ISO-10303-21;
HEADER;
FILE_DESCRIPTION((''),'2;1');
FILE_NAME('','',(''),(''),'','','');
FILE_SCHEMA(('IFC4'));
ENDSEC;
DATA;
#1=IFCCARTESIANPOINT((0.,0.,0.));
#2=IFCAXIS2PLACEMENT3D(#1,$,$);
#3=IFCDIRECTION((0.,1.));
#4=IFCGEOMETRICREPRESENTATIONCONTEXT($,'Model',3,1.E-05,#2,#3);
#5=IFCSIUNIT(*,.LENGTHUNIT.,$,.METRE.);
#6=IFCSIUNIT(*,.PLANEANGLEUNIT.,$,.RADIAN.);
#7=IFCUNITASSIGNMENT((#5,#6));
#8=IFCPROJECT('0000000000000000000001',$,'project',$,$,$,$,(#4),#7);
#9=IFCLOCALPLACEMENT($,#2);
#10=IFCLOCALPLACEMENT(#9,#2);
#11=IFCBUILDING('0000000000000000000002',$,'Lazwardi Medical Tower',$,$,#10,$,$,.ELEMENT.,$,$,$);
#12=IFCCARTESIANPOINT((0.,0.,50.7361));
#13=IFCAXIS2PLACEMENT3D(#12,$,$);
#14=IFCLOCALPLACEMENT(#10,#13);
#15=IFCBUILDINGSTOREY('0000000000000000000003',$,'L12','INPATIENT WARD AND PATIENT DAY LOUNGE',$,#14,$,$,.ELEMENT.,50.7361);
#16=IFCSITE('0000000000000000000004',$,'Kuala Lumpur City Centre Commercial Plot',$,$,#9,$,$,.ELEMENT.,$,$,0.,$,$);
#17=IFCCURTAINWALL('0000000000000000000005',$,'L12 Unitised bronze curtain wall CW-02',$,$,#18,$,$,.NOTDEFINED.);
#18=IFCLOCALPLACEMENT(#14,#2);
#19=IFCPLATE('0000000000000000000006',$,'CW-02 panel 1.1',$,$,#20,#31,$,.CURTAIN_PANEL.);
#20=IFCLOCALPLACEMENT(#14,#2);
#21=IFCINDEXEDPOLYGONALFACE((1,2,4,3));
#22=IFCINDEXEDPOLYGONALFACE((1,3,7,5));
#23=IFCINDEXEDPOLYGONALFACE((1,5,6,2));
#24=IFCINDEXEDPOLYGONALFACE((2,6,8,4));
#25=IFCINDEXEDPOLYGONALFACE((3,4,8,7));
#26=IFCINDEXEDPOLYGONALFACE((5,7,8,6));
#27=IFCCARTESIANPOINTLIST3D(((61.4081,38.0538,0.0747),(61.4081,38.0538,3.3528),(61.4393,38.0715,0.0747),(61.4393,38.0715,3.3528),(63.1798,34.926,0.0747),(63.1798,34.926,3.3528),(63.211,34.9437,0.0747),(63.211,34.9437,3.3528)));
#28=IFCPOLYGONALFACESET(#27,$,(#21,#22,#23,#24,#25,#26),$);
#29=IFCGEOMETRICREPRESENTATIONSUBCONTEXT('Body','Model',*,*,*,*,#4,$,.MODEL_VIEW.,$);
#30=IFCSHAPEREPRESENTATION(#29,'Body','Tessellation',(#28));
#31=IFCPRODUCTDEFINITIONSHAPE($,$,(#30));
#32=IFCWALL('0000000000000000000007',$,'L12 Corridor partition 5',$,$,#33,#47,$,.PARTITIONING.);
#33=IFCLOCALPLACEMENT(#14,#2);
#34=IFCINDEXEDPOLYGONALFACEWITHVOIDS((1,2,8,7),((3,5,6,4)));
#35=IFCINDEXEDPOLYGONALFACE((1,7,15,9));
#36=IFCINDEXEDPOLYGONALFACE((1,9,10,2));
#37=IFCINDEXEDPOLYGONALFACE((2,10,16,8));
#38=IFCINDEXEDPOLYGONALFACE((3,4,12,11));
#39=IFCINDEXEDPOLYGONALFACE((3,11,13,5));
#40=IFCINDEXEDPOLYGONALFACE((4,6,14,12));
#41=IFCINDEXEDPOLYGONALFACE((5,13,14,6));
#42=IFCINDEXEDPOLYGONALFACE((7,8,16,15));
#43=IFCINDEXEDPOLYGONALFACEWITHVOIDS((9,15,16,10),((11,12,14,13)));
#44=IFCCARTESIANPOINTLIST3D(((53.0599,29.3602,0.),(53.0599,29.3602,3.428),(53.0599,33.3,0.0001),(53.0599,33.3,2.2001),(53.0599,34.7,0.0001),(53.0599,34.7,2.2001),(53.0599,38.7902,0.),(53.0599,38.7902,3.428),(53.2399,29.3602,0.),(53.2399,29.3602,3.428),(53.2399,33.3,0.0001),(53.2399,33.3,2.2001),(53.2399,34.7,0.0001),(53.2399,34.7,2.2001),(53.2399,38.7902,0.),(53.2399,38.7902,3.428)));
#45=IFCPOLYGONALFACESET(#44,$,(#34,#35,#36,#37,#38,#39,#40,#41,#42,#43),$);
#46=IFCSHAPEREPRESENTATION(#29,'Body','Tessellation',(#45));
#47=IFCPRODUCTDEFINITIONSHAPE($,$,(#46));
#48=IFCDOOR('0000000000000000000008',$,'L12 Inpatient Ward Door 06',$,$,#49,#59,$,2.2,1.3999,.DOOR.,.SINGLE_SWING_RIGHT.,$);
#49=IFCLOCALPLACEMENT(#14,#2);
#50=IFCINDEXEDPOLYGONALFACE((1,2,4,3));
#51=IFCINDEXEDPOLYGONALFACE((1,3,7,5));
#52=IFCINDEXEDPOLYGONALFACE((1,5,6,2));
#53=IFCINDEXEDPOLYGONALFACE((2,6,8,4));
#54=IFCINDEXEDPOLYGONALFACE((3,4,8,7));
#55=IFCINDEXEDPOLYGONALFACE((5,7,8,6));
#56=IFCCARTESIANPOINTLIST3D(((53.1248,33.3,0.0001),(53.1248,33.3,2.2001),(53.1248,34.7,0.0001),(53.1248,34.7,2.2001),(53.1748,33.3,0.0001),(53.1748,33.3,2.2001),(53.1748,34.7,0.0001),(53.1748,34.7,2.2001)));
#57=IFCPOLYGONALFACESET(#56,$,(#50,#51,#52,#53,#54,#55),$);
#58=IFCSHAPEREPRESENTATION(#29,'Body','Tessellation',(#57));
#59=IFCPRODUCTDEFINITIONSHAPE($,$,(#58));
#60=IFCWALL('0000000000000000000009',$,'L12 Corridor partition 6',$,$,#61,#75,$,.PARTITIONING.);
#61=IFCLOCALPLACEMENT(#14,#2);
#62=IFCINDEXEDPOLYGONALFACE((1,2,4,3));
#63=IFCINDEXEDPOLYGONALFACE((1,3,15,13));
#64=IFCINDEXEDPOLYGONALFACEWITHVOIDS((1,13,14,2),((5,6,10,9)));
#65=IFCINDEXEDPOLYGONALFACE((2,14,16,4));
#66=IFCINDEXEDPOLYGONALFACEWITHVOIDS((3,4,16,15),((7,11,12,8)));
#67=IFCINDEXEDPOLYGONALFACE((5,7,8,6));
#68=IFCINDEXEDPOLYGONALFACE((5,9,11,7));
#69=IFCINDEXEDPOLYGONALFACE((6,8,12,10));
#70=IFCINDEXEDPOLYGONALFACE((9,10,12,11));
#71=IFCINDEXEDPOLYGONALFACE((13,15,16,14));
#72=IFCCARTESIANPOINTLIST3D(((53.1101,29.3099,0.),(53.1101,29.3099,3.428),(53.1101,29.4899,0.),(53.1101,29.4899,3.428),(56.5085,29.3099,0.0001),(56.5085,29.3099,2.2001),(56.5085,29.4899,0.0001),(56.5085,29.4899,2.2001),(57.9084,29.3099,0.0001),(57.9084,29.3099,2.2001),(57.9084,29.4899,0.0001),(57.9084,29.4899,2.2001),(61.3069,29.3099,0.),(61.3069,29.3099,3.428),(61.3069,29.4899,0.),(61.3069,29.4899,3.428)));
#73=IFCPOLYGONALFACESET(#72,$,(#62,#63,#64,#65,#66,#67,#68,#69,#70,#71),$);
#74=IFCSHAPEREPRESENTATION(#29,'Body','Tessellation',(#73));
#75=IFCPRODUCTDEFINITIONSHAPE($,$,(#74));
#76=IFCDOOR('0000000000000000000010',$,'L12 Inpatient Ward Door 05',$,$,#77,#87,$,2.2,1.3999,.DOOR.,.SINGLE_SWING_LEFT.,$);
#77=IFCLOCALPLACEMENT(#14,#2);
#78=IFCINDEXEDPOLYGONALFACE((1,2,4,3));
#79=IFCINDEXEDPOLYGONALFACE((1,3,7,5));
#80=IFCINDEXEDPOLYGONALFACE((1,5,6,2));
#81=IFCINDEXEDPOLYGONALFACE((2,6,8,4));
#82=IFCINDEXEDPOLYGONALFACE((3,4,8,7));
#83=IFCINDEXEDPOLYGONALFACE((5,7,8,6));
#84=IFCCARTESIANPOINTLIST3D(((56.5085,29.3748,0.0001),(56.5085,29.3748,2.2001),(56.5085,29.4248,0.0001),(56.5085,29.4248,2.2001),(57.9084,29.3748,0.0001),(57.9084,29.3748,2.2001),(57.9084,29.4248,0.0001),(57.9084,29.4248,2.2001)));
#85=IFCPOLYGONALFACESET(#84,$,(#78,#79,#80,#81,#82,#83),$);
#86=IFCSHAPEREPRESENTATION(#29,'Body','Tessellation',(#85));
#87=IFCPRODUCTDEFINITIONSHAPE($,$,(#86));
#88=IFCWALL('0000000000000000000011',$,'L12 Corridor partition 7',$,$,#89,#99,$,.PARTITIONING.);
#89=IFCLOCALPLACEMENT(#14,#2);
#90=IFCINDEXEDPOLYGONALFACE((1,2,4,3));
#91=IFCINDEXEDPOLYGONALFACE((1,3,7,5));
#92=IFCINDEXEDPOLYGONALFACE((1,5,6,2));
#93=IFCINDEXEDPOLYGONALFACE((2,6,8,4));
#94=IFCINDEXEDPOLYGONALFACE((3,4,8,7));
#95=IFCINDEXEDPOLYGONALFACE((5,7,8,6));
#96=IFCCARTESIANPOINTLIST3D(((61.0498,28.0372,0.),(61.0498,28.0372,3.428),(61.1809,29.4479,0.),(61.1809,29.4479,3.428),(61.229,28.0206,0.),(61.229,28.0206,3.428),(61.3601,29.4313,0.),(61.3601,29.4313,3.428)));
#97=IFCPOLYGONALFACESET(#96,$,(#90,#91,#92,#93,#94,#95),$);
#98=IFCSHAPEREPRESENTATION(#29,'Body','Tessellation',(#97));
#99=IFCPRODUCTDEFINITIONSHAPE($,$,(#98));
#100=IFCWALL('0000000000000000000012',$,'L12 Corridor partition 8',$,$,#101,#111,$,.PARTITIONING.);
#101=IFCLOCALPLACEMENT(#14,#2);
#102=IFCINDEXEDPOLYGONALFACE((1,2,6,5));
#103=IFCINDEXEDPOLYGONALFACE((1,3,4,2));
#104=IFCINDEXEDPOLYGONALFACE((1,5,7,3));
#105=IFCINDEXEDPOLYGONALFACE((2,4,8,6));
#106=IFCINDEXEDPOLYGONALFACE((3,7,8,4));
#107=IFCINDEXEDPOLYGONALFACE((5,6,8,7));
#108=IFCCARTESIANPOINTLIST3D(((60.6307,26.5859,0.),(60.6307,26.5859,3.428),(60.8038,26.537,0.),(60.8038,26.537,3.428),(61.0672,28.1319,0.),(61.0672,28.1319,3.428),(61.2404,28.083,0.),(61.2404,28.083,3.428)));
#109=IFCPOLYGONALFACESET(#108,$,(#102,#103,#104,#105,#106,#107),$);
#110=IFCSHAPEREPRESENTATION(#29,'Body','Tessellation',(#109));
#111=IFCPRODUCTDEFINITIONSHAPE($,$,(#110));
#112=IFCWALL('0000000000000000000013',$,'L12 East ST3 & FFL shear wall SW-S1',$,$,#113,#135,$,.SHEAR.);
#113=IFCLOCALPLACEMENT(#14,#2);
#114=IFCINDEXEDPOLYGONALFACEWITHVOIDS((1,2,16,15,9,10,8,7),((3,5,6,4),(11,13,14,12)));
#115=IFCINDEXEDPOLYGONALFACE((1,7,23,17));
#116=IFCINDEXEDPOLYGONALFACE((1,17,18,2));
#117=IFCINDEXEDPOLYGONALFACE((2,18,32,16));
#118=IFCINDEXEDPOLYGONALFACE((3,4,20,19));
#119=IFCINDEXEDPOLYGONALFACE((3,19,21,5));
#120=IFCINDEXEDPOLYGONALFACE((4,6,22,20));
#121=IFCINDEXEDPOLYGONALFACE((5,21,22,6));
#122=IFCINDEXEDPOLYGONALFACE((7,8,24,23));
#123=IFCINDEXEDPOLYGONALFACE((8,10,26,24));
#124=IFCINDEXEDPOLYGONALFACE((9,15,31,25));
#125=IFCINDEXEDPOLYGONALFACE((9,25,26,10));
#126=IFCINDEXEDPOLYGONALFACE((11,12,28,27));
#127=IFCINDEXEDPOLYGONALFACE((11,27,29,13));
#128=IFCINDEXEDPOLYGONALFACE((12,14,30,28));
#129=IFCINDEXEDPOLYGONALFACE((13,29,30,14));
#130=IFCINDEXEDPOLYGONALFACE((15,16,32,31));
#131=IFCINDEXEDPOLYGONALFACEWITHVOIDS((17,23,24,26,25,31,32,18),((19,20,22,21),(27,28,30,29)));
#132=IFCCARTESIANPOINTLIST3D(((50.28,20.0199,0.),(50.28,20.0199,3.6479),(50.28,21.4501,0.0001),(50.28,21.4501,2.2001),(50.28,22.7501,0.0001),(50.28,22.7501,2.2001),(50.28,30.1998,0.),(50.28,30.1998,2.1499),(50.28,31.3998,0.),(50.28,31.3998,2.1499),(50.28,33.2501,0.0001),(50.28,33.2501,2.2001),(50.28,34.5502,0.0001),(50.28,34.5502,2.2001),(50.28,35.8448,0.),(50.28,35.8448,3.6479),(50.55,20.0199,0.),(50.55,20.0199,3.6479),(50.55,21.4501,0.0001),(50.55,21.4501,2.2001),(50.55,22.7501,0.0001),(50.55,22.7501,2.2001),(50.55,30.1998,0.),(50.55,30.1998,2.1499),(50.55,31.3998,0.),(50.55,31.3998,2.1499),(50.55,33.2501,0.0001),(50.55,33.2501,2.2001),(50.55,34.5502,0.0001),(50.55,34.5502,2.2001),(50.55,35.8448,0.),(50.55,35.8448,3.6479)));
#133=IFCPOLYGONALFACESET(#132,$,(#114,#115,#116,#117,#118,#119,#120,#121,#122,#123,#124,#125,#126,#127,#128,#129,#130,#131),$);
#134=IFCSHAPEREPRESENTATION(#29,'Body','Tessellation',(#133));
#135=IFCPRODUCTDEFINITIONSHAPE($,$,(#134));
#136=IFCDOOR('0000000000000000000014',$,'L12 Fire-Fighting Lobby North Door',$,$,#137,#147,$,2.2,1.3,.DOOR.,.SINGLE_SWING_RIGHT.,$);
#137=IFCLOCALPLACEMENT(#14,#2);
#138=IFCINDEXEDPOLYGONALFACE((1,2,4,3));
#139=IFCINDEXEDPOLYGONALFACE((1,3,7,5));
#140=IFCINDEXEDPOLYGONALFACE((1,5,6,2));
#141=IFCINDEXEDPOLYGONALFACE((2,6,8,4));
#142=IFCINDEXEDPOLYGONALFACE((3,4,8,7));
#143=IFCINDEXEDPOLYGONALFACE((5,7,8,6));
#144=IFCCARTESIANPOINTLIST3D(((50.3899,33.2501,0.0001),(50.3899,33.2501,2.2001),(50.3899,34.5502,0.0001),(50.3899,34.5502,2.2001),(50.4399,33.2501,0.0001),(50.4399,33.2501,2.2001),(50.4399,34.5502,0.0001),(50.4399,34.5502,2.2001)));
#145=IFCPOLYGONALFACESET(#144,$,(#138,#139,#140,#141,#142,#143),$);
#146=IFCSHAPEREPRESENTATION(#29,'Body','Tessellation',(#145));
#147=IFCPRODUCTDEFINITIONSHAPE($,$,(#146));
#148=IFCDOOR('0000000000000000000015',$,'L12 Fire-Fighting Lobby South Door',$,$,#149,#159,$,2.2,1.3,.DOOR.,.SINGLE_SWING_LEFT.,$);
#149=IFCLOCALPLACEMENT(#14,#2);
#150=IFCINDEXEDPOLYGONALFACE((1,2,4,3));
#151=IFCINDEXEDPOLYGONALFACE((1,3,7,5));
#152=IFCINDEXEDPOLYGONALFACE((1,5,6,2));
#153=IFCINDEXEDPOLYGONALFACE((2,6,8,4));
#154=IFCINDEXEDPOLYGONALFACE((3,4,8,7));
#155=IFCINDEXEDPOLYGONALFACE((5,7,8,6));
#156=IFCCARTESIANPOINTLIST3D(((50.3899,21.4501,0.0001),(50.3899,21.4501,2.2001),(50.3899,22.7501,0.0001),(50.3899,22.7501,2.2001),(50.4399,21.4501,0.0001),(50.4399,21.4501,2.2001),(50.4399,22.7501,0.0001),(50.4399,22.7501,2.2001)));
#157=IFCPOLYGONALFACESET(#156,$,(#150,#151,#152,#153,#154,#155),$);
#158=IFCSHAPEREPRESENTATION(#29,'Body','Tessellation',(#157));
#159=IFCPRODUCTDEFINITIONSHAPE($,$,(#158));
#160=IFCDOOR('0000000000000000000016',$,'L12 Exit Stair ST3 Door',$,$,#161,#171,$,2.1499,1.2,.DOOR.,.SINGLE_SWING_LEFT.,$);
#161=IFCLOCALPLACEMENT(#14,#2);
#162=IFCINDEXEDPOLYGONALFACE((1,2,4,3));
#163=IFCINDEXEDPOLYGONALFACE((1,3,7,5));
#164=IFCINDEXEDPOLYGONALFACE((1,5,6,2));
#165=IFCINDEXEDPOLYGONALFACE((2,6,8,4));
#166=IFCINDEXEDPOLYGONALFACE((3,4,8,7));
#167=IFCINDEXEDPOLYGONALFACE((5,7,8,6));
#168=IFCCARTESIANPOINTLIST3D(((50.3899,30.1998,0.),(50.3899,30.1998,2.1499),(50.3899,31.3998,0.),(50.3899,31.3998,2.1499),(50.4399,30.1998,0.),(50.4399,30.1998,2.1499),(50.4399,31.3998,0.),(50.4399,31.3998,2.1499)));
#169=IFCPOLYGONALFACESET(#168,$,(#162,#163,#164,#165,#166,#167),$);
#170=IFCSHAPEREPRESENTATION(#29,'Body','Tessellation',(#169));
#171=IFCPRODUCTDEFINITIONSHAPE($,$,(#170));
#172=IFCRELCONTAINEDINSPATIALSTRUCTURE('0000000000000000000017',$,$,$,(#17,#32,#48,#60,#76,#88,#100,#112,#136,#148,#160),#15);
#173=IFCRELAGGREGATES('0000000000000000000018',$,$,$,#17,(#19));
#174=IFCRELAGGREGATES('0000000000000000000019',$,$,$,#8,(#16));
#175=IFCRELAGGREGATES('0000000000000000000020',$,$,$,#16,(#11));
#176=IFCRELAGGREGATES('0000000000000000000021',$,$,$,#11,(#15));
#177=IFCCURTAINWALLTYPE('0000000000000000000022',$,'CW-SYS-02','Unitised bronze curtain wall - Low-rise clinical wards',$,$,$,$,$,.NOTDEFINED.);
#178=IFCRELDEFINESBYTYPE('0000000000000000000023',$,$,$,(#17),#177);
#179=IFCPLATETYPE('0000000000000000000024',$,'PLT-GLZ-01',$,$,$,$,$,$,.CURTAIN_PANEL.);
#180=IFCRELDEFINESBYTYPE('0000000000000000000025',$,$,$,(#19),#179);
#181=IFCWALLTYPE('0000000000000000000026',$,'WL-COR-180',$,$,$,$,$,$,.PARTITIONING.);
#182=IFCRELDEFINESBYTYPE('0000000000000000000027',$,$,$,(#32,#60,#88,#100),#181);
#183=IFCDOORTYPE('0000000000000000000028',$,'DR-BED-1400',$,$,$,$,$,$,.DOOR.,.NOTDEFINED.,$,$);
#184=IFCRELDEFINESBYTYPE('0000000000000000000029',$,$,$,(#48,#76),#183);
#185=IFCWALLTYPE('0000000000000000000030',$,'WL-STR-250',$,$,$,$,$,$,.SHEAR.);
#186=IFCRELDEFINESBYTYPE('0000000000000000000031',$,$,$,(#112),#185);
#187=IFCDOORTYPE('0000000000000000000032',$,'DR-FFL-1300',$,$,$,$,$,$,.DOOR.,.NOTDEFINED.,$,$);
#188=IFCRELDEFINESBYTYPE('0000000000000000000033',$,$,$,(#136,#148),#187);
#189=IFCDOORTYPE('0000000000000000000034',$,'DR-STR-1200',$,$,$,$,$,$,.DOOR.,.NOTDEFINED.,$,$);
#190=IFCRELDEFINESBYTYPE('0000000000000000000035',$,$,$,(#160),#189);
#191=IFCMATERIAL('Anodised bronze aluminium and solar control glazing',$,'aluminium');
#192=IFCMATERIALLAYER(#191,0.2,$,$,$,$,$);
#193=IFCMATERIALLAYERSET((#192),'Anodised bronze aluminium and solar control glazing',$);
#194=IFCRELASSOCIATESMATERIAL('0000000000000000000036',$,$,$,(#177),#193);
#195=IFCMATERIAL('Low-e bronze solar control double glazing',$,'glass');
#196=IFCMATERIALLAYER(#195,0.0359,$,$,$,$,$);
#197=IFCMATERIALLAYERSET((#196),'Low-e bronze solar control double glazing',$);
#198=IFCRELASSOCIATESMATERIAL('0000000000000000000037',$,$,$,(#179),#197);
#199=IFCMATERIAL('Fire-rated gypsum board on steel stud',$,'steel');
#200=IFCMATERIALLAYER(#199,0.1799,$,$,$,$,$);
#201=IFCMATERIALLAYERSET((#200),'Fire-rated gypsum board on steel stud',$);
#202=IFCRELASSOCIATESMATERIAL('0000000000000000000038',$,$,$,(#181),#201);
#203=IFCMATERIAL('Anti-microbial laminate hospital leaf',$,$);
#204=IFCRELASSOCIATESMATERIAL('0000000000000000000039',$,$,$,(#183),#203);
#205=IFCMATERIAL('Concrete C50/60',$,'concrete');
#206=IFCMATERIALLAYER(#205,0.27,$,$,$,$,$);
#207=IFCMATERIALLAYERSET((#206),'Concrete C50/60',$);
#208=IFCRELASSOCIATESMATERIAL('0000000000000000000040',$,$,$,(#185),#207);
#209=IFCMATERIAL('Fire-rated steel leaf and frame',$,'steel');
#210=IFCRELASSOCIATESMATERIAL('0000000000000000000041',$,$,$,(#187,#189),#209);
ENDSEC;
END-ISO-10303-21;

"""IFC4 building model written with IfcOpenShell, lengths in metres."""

from ifc_helpers import new_model, si_unit, direction, frame, frame_2d, origin, origin_2d, place, context, subcontext, project, spatial, rectangle, extrude, material, layer, layer_set, type_object, element, fill, aggregate, save


model = new_model("IFC4")

# Units and contexts
model_context = context("Model", 3, precision=1e-05, world=origin(), true_north=direction((0.0, 1.0)))
body_context = subcontext(model_context, "Body", "Model", "MODEL_VIEW")
ifc_project = project(units=[si_unit("LENGTHUNIT", "METRE"), si_unit("PLANEANGLEUNIT", "RADIAN")], contexts=[model_context])

# Site, building, storey
site_placement = place(None, origin())
site = spatial("IfcSite", under=ifc_project, at=site_placement, Name="Kuala Lumpur City Centre Commercial Plot", CompositionType="ELEMENT", RefElevation=0.0)
building_placement = place(site_placement, origin())
building = spatial("IfcBuilding", under=site, at=building_placement, Name="Lazwardi Medical Tower", CompositionType="ELEMENT")
storey_placement = place(building_placement, frame((0.0, 0.0, 50.7361)))
storey = spatial("IfcBuildingStorey", under=building, at=storey_placement, Name="L12", Description="INPATIENT WARD AND PATIENT DAY LOUNGE", CompositionType="ELEMENT", Elevation=50.7361)

# Shared definitions
ifc_material_1 = material(Name="Anodised bronze aluminium and solar control glazing", Category="aluminium")
ifc_layer_1 = layer(ifc_material_1, 0.2)
ifc_layer_set_1 = layer_set([ifc_layer_1], Name="Anodised bronze aluminium and solar control glazing")
curtain_wall_type = type_object("IfcCurtainWallType", Name="CW-SYS-02", Description="Unitised bronze curtain wall - Low-rise clinical wards", PredefinedType="NOTDEFINED", material=ifc_layer_set_1)

# Curtain wall
curtain_wall_1_placement = place(storey_placement, origin())
curtain_wall_1 = element("IfcCurtainWall", 1, at=curtain_wall_1_placement, inside=storey, type_object=curtain_wall_type, Name="L12 Unitised bronze curtain wall CW-02", PredefinedType="NOTDEFINED")

# Plate
ifc_material_2 = material(Name="Low-e bronze solar control double glazing", Category="glass")
ifc_layer_2 = layer(ifc_material_2, 0.0359)
ifc_layer_set_2 = layer_set([ifc_layer_2], Name="Low-e bronze solar control double glazing")
plate_type = type_object("IfcPlateType", Name="PLT-GLZ-01", PredefinedType="CURTAIN_PANEL", material=ifc_layer_set_2)
plate_1_placement = place(storey_placement, frame((62.3096, 36.4988, 0.0747), z_axis=(0.0, 0.0, 1.0), x_axis=(-0.492854, 0.870112, 0.0)))
plate_1 = element("IfcPlate", 2, at=plate_1_placement, type_object=plate_type, Name="CW-02 panel 1.1", PredefinedType="CURTAIN_PANEL", context=body_context, shape_type="SweptSolid", body=[
    extrude(rectangle(XDim=3.5947, YDim=0.0359, at=origin_2d()), origin(), (0.0, 0.0, 1.0), 3.2781),
])
aggregate(curtain_wall_1, [plate_1])

# Walls, openings, doors
ifc_material_3 = material(Name="Fire-rated gypsum board on steel stud", Category="steel")
ifc_layer_3 = layer(ifc_material_3, 0.1799)
ifc_layer_set_3 = layer_set([ifc_layer_3], Name="Fire-rated gypsum board on steel stud")
wall_type_1 = type_object("IfcWallType", Name="WL-COR-180", PredefinedType="PARTITIONING", material=ifc_layer_set_3)
wall_1_placement = place(storey_placement, frame((53.1499, 38.79, 0.0), z_axis=(0.0, 0.0, 1.0), x_axis=(0.0, -1.0, 0.0)))
wall_1 = element("IfcWall", 3, at=wall_1_placement, inside=storey, type_object=wall_type_1, Name="L12 Corridor partition 5", PredefinedType="PARTITIONING", context=body_context, shape_type="SweptSolid", body=[
    extrude(rectangle(XDim=9.4299, YDim=0.1799, at=frame_2d((4.7148, 0.0))), origin(), (0.0, 0.0, 1.0), 3.428),
])
opening_1_placement = place(wall_1_placement, frame((4.0901, 0.0, 0.0)))
opening_1 = element("IfcOpeningElement", 4, at=opening_1_placement, cuts=wall_1, PredefinedType="OPENING", context=body_context, shape_type="SweptSolid", body=[
    extrude(rectangle(XDim=1.3999, YDim=2.2, at=frame_2d((0.7, 1.1001))), frame((0.0, 0.0999, 0.0), z_axis=(0.0, -1.0, 0.0), x_axis=(1.0, 0.0, 0.0)), (0.0, 0.0, 1.0), 0.2),
])
ifc_material_4 = material(Name="Anti-microbial laminate hospital leaf")
door_type_1 = type_object("IfcDoorType", Name="DR-BED-1400", OperationType="NOTDEFINED", PredefinedType="DOOR", material=ifc_material_4)
door_1_placement = place(opening_1_placement, origin())
door_1 = element("IfcDoor", 5, at=door_1_placement, inside=storey, type_object=door_type_1, Name="L12 Inpatient Ward Door 06", OperationType="SINGLE_SWING_RIGHT", OverallHeight=2.2, OverallWidth=1.3999, PredefinedType="DOOR", context=body_context, shape_type="SweptSolid", body=[
    extrude(rectangle(XDim=1.3999, YDim=2.2, at=frame_2d((0.7, 1.1001))), frame((0.0, 0.0249, 0.0), z_axis=(0.0, -1.0, 0.0), x_axis=(1.0, 0.0, 0.0)), (0.0, 0.0, 1.0), 0.05),
])
fill(opening_1, door_1)
wall_2_placement = place(storey_placement, frame((53.1101, 29.3999, 0.0), z_axis=(0.0, 0.0, 1.0), x_axis=(1.0, 0.0, 0.0)))
wall_2 = element("IfcWall", 6, at=wall_2_placement, inside=storey, type_object=wall_type_1, Name="L12 Corridor partition 6", PredefinedType="PARTITIONING", context=body_context, shape_type="SweptSolid", body=[
    extrude(rectangle(XDim=8.1968, YDim=0.1799, at=frame_2d((4.0984, 0.0))), origin(), (0.0, 0.0, 1.0), 3.428),
])
opening_2_placement = place(wall_2_placement, frame((3.3984, 0.0, 0.0)))
opening_2 = element("IfcOpeningElement", 7, at=opening_2_placement, cuts=wall_2, PredefinedType="OPENING", context=body_context, shape_type="SweptSolid", body=[
    extrude(rectangle(XDim=1.3999, YDim=2.2, at=frame_2d((0.7, 1.1001))), frame((0.0, 0.0999, 0.0), z_axis=(0.0, -1.0, 0.0), x_axis=(1.0, 0.0, 0.0)), (0.0, 0.0, 1.0), 0.2),
])
door_2_placement = place(opening_2_placement, origin())
door_2 = element("IfcDoor", 8, at=door_2_placement, inside=storey, type_object=door_type_1, Name="L12 Inpatient Ward Door 05", OperationType="SINGLE_SWING_LEFT", OverallHeight=2.2, OverallWidth=1.3999, PredefinedType="DOOR", context=body_context, shape_type="SweptSolid", body=[
    extrude(rectangle(XDim=1.3999, YDim=2.2, at=frame_2d((0.7, 1.1001))), frame((0.0, 0.0249, 0.0), z_axis=(0.0, -1.0, 0.0), x_axis=(1.0, 0.0, 0.0)), (0.0, 0.0, 1.0), 0.05),
])
fill(opening_2, door_2)

# Walls
wall_3_placement = place(storey_placement, frame((61.2705, 29.4397, 0.0), z_axis=(0.0, 0.0, 1.0), x_axis=(-0.09254, -0.995709, 0.0)))
element("IfcWall", 9, at=wall_3_placement, inside=storey, type_object=wall_type_1, Name="L12 Corridor partition 7", PredefinedType="PARTITIONING", context=body_context, shape_type="SweptSolid", body=[
    extrude(rectangle(XDim=1.4167, YDim=0.1799, at=frame_2d((0.7085, 0.0))), origin(), (0.0, 0.0, 1.0), 3.428),
])
wall_4_placement = place(storey_placement, frame((61.1538, 28.1074, 0.0), z_axis=(0.0, 0.0, 1.0), x_axis=(-0.271749, -0.962368, 0.0)))
element("IfcWall", 10, at=wall_4_placement, inside=storey, type_object=wall_type_1, Name="L12 Corridor partition 8", PredefinedType="PARTITIONING", context=body_context, shape_type="SweptSolid", body=[
    extrude(rectangle(XDim=1.6064, YDim=0.1799, at=frame_2d((0.8032, 0.0))), origin(), (0.0, 0.0, 1.0), 3.428),
])

# Wall, openings, doors
ifc_material_5 = material(Name="Concrete C50/60", Category="concrete")
ifc_layer_4 = layer(ifc_material_5, 0.27)
ifc_layer_set_4 = layer_set([ifc_layer_4], Name="Concrete C50/60")
wall_type_2 = type_object("IfcWallType", Name="WL-STR-250", PredefinedType="SHEAR", material=ifc_layer_set_4)
wall_5_placement = place(storey_placement, frame((50.415, 35.845, 0.0), z_axis=(0.0, 0.0, 1.0), x_axis=(0.0, -1.0, 0.0)))
wall_5 = element("IfcWall", 11, at=wall_5_placement, inside=storey, type_object=wall_type_2, Name="L12 East ST3 & FFL shear wall SW-S1", PredefinedType="SHEAR", context=body_context, shape_type="SweptSolid", body=[
    extrude(rectangle(XDim=15.825, YDim=0.27, at=frame_2d((7.9126, 0.0))), origin(), (0.0, 0.0, 1.0), 3.6479),
])
opening_3_placement = place(wall_5_placement, frame((4.4451, 0.0, 0.0)))
opening_3 = element("IfcOpeningElement", 12, at=opening_3_placement, cuts=wall_5, PredefinedType="OPENING", context=body_context, shape_type="SweptSolid", body=[
    extrude(rectangle(XDim=1.2, YDim=2.1499, at=frame_2d((0.6001, 1.075))), frame((0.0, 0.145, 0.0), z_axis=(0.0, -1.0, 0.0), x_axis=(1.0, 0.0, 0.0)), (0.0, 0.0, 1.0), 0.29),
])
opening_4_placement = place(wall_5_placement, frame((1.2949, 0.0, 0.0)))
opening_4 = element("IfcOpeningElement", 13, at=opening_4_placement, cuts=wall_5, PredefinedType="OPENING", context=body_context, shape_type="SweptSolid", body=[
    extrude(rectangle(XDim=1.3, YDim=2.2, at=frame_2d((0.6499, 1.1001))), frame((0.0, 0.145, 0.0), z_axis=(0.0, -1.0, 0.0), x_axis=(1.0, 0.0, 0.0)), (0.0, 0.0, 1.0), 0.29),
])
opening_5_placement = place(wall_5_placement, frame((13.095, 0.0, 0.0)))
opening_5 = element("IfcOpeningElement", 14, at=opening_5_placement, cuts=wall_5, PredefinedType="OPENING", context=body_context, shape_type="SweptSolid", body=[
    extrude(rectangle(XDim=1.3, YDim=2.2, at=frame_2d((0.6499, 1.1001))), frame((0.0, 0.145, 0.0), z_axis=(0.0, -1.0, 0.0), x_axis=(1.0, 0.0, 0.0)), (0.0, 0.0, 1.0), 0.29),
])
ifc_material_6 = material(Name="Fire-rated steel leaf and frame", Category="steel")
door_type_2 = type_object("IfcDoorType", Name="DR-FFL-1300", OperationType="NOTDEFINED", PredefinedType="DOOR", material=ifc_material_6)
door_3_placement = place(opening_4_placement, origin())
door_3 = element("IfcDoor", 15, at=door_3_placement, inside=storey, type_object=door_type_2, Name="L12 Fire-Fighting Lobby North Door", OperationType="SINGLE_SWING_RIGHT", OverallHeight=2.2, OverallWidth=1.3, PredefinedType="DOOR", context=body_context, shape_type="SweptSolid", body=[
    extrude(rectangle(XDim=1.3, YDim=2.2, at=frame_2d((0.6499, 1.1001))), frame((0.0, 0.0249, 0.0), z_axis=(0.0, -1.0, 0.0), x_axis=(1.0, 0.0, 0.0)), (0.0, 0.0, 1.0), 0.05),
])
fill(opening_4, door_3)
door_4_placement = place(opening_5_placement, origin())
door_4 = element("IfcDoor", 16, at=door_4_placement, inside=storey, type_object=door_type_2, Name="L12 Fire-Fighting Lobby South Door", OperationType="SINGLE_SWING_LEFT", OverallHeight=2.2, OverallWidth=1.3, PredefinedType="DOOR", context=body_context, shape_type="SweptSolid", body=[
    extrude(rectangle(XDim=1.3, YDim=2.2, at=frame_2d((0.6499, 1.1001))), frame((0.0, 0.0249, 0.0), z_axis=(0.0, -1.0, 0.0), x_axis=(1.0, 0.0, 0.0)), (0.0, 0.0, 1.0), 0.05),
])
fill(opening_5, door_4)
door_type_3 = type_object("IfcDoorType", Name="DR-STR-1200", OperationType="NOTDEFINED", PredefinedType="DOOR", material=ifc_material_6)
door_5_placement = place(opening_3_placement, origin())
door_5 = element("IfcDoor", 17, at=door_5_placement, inside=storey, type_object=door_type_3, Name="L12 Exit Stair ST3 Door", OperationType="SINGLE_SWING_LEFT", OverallHeight=2.1499, OverallWidth=1.2, PredefinedType="DOOR", context=body_context, shape_type="SweptSolid", body=[
    extrude(rectangle(XDim=1.2, YDim=2.1499, at=frame_2d((0.6001, 1.075))), frame((0.0, 0.0249, 0.0), z_axis=(0.0, -1.0, 0.0), x_axis=(1.0, 0.0, 0.0)), (0.0, 0.0, 1.0), 0.05),
])
fill(opening_3, door_5)

save(model, "model.ifc")
